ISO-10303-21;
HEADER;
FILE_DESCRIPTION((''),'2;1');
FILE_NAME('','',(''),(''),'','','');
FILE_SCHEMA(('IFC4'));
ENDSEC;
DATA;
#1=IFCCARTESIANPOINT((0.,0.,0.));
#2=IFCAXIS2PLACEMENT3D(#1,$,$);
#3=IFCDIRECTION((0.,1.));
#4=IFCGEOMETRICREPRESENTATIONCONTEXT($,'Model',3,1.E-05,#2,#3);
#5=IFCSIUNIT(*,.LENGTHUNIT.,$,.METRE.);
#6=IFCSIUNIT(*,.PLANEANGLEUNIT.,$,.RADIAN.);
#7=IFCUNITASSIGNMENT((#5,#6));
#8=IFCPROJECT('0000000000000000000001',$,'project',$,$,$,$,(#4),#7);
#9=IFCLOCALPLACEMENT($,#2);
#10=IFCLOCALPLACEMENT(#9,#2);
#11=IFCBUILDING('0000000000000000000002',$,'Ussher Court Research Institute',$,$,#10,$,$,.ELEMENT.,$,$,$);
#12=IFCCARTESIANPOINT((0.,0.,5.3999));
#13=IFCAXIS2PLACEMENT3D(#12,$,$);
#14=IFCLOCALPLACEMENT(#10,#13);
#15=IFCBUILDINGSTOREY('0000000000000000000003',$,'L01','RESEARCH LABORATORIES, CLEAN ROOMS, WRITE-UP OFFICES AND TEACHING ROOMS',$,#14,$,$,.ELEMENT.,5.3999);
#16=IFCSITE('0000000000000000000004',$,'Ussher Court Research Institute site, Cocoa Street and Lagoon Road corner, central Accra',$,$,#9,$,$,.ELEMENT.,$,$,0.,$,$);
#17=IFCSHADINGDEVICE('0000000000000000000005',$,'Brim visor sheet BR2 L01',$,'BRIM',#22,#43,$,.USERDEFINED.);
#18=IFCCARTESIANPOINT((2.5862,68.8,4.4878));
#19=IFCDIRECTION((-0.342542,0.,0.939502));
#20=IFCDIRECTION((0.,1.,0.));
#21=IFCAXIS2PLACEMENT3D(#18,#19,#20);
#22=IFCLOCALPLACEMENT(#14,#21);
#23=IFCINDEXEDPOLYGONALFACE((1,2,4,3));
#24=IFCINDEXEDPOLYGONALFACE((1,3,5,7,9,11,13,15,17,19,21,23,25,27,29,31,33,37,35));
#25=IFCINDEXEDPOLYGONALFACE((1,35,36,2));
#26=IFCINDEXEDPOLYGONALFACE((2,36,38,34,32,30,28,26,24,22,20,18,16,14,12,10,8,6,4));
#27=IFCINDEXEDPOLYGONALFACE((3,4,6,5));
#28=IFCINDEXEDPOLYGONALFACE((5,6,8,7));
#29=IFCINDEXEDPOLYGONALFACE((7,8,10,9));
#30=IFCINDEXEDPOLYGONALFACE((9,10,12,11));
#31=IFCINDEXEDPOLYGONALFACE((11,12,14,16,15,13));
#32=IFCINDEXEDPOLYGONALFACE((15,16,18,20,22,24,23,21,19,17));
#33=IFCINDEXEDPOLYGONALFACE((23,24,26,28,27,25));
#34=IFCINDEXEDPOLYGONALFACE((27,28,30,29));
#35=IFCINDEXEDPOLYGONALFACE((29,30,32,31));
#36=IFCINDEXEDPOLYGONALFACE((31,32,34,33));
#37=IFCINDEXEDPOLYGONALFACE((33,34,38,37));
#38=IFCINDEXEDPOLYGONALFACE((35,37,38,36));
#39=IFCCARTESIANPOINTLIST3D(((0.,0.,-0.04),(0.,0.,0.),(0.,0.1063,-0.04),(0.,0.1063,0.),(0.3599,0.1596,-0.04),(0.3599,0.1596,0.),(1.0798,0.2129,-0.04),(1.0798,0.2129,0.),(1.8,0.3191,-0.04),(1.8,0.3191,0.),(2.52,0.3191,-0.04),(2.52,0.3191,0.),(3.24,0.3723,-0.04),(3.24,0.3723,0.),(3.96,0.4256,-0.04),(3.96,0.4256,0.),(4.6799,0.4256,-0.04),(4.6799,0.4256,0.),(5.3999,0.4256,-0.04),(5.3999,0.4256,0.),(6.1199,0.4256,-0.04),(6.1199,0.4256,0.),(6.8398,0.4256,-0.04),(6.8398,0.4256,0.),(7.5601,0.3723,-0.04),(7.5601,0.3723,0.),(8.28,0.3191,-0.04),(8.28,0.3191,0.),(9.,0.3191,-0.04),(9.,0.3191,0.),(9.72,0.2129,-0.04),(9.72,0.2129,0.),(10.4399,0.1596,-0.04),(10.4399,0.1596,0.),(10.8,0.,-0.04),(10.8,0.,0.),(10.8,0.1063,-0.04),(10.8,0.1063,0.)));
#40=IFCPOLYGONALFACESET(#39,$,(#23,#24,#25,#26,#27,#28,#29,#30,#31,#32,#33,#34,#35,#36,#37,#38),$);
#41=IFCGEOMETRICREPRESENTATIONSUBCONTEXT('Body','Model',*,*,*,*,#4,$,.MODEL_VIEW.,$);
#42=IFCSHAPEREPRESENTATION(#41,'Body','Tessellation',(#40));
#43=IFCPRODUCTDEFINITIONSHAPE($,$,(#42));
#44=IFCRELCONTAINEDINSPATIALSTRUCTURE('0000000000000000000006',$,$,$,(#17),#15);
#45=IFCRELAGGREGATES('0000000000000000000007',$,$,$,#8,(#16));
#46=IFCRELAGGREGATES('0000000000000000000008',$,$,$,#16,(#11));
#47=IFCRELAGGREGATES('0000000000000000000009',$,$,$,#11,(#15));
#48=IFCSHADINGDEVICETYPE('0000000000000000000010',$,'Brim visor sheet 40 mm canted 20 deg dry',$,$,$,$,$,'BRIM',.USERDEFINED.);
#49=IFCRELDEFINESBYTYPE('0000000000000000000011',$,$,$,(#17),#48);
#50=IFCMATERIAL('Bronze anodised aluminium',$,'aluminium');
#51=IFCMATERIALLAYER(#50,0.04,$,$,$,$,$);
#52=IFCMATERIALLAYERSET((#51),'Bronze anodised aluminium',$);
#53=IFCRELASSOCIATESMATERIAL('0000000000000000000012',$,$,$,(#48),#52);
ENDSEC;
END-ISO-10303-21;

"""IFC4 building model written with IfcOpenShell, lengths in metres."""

from ifc_helpers import new_model, si_unit, direction, frame, origin, place, context, subcontext, project, spatial, polyline, outline, extrude, material, layer, layer_set, type_object, element, save


model = new_model("IFC4")

# Units and contexts
model_context = context("Model", 3, precision=1e-05, world=origin(), true_north=direction((0.0, 1.0)))
body_context = subcontext(model_context, "Body", "Model", "MODEL_VIEW")
ifc_project = project(units=[si_unit("LENGTHUNIT", "METRE"), si_unit("PLANEANGLEUNIT", "RADIAN")], contexts=[model_context])

# Site, building, storey
site_placement = place(None, origin())
site = spatial("IfcSite", under=ifc_project, at=site_placement, Name="Ussher Court Research Institute site, Cocoa Street and Lagoon Road corner, central Accra", CompositionType="ELEMENT", RefElevation=0.0)
building_placement = place(site_placement, origin())
building = spatial("IfcBuilding", under=site, at=building_placement, Name="Ussher Court Research Institute", CompositionType="ELEMENT")
storey_placement = place(building_placement, frame((0.0, 0.0, 5.3999)))
storey = spatial("IfcBuildingStorey", under=building, at=storey_placement, Name="L01", Description="RESEARCH LABORATORIES, CLEAN ROOMS, WRITE-UP OFFICES AND TEACHING ROOMS", CompositionType="ELEMENT", Elevation=5.3999)

# Shading device
ifc_material_1 = material(Name="Bronze anodised aluminium", Category="aluminium")
ifc_layer_1 = layer(ifc_material_1, 0.04)
ifc_layer_set_1 = layer_set([ifc_layer_1], Name="Bronze anodised aluminium")
shading_device_type_1 = type_object("IfcShadingDeviceType", Name="Brim visor sheet 40 mm canted 20 deg dry", ElementType="BRIM", PredefinedType="USERDEFINED", material=ifc_layer_set_1)
shading_device_1_placement = place(storey_placement, frame((2.5862, 68.8, 4.4878), z_axis=(-0.342542, 0.0, 0.939502), x_axis=(0.0, 1.0, 0.0)))
element("IfcShadingDevice", 1, at=shading_device_1_placement, inside=storey, type_object=shading_device_type_1, Name="Brim visor sheet BR2 L01", ObjectType="BRIM", PredefinedType="USERDEFINED", context=body_context, shape_type="SweptSolid", body=[
    extrude(outline(polyline([(0.0, 0.0), (10.8, 0.0), (10.8, 0.1063), (10.4399, 0.1596), (9.72, 0.2129), (9.0, 0.3191), (8.28, 0.3191), (7.5601, 0.3723), (6.8398, 0.4256), (6.1199, 0.4256), (5.3999, 0.4256), (4.6799, 0.4256), (3.96, 0.4256), (3.24, 0.3723), (2.52, 0.3191), (1.8, 0.3191), (1.0798, 0.2129), (0.3599, 0.1596), (0.0, 0.1063), (0.0, 0.0)])), origin(), (0.0, 0.0, -1.0), 0.04),
])

save(model, "model.ifc")
